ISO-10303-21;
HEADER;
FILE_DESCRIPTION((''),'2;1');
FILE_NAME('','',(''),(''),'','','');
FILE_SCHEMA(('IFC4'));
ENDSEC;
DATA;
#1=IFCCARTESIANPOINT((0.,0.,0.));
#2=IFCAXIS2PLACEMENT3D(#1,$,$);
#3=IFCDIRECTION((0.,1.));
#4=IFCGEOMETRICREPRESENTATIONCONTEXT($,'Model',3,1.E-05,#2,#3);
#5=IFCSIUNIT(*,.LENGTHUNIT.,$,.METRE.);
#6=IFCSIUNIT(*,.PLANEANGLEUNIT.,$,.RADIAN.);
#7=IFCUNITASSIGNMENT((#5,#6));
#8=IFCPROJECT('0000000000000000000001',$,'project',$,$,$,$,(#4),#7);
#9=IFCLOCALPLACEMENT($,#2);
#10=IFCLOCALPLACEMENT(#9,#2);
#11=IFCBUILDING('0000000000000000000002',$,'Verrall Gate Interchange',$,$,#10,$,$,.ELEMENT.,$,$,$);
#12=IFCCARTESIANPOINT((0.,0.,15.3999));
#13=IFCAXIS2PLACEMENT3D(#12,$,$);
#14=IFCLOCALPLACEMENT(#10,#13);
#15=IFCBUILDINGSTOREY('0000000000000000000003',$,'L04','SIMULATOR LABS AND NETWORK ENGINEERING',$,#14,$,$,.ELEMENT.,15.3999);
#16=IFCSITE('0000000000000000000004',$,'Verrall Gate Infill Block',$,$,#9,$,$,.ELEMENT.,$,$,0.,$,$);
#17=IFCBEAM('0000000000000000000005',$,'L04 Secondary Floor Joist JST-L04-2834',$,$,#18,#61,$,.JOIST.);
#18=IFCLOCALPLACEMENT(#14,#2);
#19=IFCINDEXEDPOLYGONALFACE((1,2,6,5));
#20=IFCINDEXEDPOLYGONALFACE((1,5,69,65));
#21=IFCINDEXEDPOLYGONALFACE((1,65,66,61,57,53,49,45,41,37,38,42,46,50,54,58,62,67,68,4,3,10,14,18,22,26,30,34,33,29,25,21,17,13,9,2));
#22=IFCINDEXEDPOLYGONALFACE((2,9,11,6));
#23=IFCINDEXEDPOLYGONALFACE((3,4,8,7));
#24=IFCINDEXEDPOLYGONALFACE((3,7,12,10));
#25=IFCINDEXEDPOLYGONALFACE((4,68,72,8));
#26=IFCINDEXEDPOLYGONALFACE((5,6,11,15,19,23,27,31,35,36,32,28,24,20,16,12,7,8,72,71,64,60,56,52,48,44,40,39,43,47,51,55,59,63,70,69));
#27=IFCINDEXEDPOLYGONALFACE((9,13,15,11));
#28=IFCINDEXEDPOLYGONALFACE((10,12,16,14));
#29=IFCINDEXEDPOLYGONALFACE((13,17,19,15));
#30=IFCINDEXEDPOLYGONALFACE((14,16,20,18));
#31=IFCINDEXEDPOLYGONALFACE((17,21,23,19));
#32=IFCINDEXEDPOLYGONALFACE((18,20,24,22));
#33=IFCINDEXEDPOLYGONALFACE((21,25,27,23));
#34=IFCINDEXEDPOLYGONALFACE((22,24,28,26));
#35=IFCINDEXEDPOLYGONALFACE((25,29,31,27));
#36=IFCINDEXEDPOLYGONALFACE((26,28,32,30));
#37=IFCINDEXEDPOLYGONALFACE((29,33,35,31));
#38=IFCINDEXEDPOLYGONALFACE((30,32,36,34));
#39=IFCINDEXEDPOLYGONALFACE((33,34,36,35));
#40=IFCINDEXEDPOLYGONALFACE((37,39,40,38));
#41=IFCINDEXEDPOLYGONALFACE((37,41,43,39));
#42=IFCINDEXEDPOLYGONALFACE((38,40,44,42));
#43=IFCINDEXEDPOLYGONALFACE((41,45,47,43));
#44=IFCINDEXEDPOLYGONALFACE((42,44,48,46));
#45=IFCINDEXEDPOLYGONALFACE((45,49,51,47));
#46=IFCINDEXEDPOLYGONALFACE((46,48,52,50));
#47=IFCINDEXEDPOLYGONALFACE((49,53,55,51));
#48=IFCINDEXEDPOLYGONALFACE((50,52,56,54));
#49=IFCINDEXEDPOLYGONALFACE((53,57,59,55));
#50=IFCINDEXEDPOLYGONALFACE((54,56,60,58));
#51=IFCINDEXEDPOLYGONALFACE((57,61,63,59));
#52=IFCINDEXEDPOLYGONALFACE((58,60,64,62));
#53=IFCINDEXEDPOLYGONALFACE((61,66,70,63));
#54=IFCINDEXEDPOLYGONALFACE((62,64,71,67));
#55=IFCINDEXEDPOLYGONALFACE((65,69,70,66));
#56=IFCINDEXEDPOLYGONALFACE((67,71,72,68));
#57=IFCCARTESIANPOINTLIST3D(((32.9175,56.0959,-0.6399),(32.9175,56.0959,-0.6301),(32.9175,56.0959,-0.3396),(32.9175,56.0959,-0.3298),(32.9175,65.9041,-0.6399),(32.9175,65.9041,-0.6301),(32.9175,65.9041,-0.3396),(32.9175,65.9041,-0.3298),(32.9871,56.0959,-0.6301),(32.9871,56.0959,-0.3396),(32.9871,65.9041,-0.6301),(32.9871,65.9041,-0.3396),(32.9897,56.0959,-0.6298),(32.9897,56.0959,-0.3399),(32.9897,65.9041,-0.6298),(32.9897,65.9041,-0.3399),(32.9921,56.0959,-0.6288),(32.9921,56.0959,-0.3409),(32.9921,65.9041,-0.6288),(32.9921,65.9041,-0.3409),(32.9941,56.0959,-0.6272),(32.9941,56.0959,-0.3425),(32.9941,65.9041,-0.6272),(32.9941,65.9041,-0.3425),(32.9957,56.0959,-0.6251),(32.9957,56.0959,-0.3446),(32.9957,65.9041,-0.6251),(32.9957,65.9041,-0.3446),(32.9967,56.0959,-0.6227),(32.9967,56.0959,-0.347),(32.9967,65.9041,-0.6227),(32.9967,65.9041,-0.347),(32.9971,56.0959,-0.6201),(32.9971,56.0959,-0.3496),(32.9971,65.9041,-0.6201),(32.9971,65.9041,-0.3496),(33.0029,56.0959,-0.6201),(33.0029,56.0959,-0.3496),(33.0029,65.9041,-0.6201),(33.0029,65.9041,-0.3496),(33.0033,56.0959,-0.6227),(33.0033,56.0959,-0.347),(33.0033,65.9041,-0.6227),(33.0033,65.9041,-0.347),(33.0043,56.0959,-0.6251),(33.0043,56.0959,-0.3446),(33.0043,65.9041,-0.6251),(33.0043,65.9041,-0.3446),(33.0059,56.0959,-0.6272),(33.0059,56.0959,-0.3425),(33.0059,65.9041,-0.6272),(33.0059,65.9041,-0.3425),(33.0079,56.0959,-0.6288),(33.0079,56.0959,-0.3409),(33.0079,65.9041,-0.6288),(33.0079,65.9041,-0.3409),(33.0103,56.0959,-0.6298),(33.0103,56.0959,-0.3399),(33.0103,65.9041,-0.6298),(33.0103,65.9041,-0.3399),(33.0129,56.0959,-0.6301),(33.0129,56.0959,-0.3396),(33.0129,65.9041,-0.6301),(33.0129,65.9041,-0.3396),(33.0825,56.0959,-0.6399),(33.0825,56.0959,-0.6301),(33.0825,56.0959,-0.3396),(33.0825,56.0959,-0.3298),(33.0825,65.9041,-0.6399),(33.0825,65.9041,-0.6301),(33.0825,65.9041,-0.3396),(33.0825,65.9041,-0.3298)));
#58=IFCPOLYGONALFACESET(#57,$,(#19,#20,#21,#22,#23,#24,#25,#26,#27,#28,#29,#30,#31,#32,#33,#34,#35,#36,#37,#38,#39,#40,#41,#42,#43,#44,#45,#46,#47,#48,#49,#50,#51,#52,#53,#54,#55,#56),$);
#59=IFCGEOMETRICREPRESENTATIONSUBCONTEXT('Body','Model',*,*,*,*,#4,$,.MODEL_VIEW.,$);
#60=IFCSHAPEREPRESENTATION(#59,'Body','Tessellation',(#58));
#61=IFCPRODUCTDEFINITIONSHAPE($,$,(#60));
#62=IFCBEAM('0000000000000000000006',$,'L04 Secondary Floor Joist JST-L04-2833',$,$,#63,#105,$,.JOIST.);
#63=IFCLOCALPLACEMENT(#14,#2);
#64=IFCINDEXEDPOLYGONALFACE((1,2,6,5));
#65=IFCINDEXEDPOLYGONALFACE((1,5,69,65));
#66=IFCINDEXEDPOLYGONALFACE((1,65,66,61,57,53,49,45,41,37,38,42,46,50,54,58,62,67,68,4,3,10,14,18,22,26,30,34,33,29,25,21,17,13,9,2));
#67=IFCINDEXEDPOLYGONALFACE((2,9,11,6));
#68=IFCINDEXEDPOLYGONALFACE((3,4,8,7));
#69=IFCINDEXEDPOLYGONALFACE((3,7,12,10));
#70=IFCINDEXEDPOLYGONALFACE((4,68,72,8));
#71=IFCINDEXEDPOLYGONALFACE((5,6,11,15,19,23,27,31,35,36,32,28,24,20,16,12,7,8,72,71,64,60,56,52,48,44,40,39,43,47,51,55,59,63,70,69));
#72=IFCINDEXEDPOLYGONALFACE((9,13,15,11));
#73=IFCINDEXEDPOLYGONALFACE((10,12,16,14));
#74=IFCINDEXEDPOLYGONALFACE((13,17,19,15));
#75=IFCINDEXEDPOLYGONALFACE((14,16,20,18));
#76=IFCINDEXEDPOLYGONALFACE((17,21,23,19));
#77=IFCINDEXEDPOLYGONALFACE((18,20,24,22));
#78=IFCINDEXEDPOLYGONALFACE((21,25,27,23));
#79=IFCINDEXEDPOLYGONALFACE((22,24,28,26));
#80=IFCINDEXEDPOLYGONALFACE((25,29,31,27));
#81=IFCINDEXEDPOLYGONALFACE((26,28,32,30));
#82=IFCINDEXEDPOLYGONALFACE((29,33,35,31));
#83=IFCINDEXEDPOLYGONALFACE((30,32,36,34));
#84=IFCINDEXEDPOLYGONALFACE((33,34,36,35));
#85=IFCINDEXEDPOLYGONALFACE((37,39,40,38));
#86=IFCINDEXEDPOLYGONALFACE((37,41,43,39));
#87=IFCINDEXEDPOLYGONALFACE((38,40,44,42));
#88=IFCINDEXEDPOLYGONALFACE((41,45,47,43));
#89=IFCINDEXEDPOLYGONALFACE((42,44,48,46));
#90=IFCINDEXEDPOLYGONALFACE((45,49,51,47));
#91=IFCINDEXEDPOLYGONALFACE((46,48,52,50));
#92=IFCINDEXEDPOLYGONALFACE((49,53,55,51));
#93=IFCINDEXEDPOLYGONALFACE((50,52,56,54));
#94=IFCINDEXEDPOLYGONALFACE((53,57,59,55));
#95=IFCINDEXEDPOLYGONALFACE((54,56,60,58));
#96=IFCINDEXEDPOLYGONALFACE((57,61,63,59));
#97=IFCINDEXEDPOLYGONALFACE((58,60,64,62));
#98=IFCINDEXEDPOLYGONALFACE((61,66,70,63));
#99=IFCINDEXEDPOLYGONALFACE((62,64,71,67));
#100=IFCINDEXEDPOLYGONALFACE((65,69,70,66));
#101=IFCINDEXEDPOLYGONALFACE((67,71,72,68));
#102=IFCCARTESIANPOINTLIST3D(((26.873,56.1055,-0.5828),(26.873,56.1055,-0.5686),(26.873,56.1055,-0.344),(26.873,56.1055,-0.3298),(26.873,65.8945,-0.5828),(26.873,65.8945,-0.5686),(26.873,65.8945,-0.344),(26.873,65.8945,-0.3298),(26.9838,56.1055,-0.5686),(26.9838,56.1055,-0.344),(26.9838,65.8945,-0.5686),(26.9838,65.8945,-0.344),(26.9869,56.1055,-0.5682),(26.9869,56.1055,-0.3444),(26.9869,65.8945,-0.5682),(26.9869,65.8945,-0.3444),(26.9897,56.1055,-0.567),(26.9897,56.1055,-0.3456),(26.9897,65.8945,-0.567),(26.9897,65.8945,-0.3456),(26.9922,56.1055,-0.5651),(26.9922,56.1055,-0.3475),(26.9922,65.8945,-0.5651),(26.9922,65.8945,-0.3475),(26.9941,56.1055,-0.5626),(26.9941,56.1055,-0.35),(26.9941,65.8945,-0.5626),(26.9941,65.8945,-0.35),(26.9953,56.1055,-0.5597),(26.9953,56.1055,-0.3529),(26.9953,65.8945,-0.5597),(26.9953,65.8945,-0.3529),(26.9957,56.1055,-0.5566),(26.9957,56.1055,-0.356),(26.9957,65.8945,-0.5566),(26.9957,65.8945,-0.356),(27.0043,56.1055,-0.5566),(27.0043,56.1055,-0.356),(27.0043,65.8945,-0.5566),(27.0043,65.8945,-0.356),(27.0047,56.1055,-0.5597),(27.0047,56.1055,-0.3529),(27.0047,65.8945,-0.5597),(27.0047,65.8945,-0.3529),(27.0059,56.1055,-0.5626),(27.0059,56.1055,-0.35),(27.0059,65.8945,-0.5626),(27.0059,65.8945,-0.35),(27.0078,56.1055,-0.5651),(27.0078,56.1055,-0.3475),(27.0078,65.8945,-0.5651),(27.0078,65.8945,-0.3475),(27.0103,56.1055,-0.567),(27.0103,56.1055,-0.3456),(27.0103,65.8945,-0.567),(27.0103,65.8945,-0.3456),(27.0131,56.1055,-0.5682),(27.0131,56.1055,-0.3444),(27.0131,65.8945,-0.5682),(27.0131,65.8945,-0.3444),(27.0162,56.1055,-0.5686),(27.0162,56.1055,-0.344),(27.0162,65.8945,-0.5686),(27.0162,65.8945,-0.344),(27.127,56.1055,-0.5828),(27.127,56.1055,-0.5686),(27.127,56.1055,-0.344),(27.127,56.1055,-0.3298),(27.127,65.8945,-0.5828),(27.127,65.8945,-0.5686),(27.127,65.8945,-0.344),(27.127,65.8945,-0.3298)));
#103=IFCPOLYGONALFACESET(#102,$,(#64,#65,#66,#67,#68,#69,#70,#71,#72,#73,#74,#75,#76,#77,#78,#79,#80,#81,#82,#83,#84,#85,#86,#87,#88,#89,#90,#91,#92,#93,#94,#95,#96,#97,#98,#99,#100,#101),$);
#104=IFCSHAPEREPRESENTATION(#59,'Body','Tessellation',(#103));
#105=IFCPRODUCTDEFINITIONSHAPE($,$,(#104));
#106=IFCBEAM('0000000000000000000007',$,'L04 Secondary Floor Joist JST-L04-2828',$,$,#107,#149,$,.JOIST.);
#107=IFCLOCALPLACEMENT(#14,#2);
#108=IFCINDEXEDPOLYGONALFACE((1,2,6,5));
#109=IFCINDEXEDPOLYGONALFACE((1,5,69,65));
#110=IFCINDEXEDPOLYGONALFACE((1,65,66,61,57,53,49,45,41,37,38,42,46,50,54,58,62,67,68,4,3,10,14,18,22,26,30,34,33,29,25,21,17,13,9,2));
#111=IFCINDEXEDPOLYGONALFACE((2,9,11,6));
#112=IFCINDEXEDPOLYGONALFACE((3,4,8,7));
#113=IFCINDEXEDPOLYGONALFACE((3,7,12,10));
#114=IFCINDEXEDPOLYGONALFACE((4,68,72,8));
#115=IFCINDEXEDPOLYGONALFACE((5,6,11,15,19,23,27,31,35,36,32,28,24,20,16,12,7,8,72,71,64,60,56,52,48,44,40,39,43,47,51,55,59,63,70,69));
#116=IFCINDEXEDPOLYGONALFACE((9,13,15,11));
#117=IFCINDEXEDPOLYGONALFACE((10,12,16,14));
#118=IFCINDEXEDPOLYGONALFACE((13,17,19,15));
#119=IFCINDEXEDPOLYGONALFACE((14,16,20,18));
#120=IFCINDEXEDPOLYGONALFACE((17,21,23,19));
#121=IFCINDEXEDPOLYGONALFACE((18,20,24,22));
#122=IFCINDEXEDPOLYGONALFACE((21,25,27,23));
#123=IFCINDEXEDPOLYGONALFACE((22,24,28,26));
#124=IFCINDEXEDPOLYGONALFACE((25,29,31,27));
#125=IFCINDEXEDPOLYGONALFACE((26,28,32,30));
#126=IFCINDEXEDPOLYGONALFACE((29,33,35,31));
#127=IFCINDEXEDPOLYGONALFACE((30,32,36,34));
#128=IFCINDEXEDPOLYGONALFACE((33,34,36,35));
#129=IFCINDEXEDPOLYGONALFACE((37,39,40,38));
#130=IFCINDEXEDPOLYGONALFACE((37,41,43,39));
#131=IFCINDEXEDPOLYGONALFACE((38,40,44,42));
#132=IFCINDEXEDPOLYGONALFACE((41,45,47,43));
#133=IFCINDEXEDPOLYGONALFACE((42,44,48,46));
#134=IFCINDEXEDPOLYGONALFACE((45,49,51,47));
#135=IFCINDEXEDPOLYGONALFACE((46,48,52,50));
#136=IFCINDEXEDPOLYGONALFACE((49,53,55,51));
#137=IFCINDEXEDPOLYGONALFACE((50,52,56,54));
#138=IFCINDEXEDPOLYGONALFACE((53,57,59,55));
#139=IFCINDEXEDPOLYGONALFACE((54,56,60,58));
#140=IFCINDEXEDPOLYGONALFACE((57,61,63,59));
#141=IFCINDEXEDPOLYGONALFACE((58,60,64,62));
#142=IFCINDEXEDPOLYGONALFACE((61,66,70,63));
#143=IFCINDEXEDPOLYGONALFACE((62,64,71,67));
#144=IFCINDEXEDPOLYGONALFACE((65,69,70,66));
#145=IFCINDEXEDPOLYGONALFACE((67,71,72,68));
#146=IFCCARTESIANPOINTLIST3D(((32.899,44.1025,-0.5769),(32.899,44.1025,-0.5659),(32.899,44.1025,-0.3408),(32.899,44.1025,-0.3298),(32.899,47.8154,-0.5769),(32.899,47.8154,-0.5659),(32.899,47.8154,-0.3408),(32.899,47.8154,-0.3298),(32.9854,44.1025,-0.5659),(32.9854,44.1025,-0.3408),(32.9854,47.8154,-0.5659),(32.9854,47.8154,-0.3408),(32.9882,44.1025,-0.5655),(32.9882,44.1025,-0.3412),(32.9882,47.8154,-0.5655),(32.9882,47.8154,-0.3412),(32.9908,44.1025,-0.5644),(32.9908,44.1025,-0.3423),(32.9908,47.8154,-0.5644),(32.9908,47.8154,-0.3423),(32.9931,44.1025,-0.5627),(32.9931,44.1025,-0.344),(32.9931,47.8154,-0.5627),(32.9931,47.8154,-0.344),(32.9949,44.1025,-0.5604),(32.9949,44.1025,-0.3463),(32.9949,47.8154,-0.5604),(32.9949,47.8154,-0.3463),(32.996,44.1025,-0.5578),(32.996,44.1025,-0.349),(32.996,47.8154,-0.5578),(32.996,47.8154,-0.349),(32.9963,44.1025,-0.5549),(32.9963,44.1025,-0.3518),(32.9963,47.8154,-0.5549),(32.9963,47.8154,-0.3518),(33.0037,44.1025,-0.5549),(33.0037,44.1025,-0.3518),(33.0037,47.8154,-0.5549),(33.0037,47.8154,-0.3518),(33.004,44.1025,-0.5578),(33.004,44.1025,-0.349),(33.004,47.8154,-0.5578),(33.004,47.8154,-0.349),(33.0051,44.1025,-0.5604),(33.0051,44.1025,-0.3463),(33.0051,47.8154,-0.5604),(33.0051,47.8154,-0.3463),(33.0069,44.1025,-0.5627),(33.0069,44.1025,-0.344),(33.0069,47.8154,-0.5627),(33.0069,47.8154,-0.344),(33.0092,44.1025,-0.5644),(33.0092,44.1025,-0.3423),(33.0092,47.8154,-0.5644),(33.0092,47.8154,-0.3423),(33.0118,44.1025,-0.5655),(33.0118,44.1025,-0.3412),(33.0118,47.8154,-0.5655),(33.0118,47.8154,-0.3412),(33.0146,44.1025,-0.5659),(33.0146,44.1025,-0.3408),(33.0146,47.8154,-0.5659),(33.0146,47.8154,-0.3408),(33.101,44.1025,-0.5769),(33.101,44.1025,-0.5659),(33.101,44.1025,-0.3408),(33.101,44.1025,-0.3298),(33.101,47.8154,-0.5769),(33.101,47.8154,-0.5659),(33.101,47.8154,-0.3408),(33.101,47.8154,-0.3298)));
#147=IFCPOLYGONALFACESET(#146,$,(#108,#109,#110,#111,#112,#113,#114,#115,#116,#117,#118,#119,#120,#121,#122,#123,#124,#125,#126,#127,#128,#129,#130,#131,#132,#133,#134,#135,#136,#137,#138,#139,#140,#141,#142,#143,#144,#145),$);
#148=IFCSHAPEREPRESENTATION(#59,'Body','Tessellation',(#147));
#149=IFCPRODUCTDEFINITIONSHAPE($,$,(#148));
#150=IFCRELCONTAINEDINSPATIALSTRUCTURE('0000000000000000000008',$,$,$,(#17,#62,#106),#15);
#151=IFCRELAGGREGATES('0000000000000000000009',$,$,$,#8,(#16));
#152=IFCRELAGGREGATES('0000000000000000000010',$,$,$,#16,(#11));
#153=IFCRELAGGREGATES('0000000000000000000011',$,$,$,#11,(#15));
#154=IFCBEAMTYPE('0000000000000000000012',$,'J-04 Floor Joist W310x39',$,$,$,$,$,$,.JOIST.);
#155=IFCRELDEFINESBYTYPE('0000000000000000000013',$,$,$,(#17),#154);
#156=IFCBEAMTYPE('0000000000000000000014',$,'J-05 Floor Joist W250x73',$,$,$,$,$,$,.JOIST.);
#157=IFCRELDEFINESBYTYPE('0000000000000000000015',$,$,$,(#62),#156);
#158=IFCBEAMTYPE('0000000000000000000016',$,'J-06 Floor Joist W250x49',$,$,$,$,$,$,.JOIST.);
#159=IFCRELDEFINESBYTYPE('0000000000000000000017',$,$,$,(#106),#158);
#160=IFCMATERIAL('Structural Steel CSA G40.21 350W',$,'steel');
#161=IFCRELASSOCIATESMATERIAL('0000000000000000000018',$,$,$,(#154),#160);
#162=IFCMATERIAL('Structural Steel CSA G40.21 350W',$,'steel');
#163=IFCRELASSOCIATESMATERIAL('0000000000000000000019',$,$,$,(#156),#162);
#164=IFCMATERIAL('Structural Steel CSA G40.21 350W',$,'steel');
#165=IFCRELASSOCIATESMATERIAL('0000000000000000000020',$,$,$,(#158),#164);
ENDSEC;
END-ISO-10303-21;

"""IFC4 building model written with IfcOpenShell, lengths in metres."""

from ifc_helpers import new_model, si_unit, direction, frame, origin, origin_2d, place, context, subcontext, project, spatial, i_section, extrude, material, material_profile, profile_set, type_object, element, save


model = new_model("IFC4")

# Units and contexts
model_context = context("Model", 3, precision=1e-05, world=origin(), true_north=direction((0.0, 1.0)))
body_context = subcontext(model_context, "Body", "Model", "MODEL_VIEW")
ifc_project = project(units=[si_unit("LENGTHUNIT", "METRE"), si_unit("PLANEANGLEUNIT", "RADIAN")], contexts=[model_context])

# Site, building, storey
site_placement = place(None, origin())
site = spatial("IfcSite", under=ifc_project, at=site_placement, Name="Verrall Gate Infill Block", CompositionType="ELEMENT", RefElevation=0.0)
building_placement = place(site_placement, origin())
building = spatial("IfcBuilding", under=site, at=building_placement, Name="Verrall Gate Interchange", CompositionType="ELEMENT")
storey_placement = place(building_placement, frame((0.0, 0.0, 15.3999)))
storey = spatial("IfcBuildingStorey", under=building, at=storey_placement, Name="L04", Description="SIMULATOR LABS AND NETWORK ENGINEERING", CompositionType="ELEMENT", Elevation=15.3999)

# Beams
ifc_material_1 = material(Name="Structural Steel CSA G40.21 350W", Category="steel")
ifc_material_profile_1 = material_profile(ifc_material_1, i_section(OverallWidth=0.165, OverallDepth=0.3101, WebThickness=0.0059, FlangeThickness=0.0098, FilletRadius=0.01, at=origin_2d()), Name="W310x39")
ifc_profile_set_1 = profile_set([ifc_material_profile_1], Name="Structural Steel CSA G40.21 350W")
beam_type_1 = type_object("IfcBeamType", Name="J-04 Floor Joist W310x39", PredefinedType="JOIST", material=ifc_profile_set_1)
beam_1_placement = place(storey_placement, frame((33.0, 56.0959, -0.4849), z_axis=(0.0, 1.0, 0.0), x_axis=(-1.0, 0.0, 0.0)))
element("IfcBeam", 1, at=beam_1_placement, inside=storey, type_object=beam_type_1, Name="L04 Secondary Floor Joist JST-L04-2834", PredefinedType="JOIST", context=body_context, shape_type="SweptSolid", body=[
    extrude(i_section(OverallWidth=0.165, OverallDepth=0.3101, WebThickness=0.0059, FlangeThickness=0.0098, FilletRadius=0.01, at=origin_2d()), origin(), (0.0, 0.0, 1.0), 9.8081),
])
ifc_material_2 = material(Name="Structural Steel CSA G40.21 350W", Category="steel")
ifc_material_profile_2 = material_profile(ifc_material_2, i_section(OverallWidth=0.2539, OverallDepth=0.2529, WebThickness=0.0085, FlangeThickness=0.0142, FilletRadius=0.012, at=origin_2d()), Name="W250x73")
ifc_profile_set_2 = profile_set([ifc_material_profile_2], Name="Structural Steel CSA G40.21 350W")
beam_type_2 = type_object("IfcBeamType", Name="J-05 Floor Joist W250x73", PredefinedType="JOIST", material=ifc_profile_set_2)
beam_2_placement = place(storey_placement, frame((27.0, 56.1055, -0.4563), z_axis=(0.0, 1.0, 0.0), x_axis=(-1.0, 0.0, 0.0)))
element("IfcBeam", 2, at=beam_2_placement, inside=storey, type_object=beam_type_2, Name="L04 Secondary Floor Joist JST-L04-2833", PredefinedType="JOIST", context=body_context, shape_type="SweptSolid", body=[
    extrude(i_section(OverallWidth=0.2539, OverallDepth=0.2529, WebThickness=0.0085, FlangeThickness=0.0142, FilletRadius=0.012, at=origin_2d()), origin(), (0.0, 0.0, 1.0), 9.7891),
])
ifc_material_3 = material(Name="Structural Steel CSA G40.21 350W", Category="steel")
ifc_material_profile_3 = material_profile(ifc_material_3, i_section(OverallWidth=0.2019, OverallDepth=0.2471, WebThickness=0.0073, FlangeThickness=0.011, FilletRadius=0.011, at=origin_2d()), Name="W250x49")
ifc_profile_set_3 = profile_set([ifc_material_profile_3], Name="Structural Steel CSA G40.21 350W")
beam_type_3 = type_object("IfcBeamType", Name="J-06 Floor Joist W250x49", PredefinedType="JOIST", material=ifc_profile_set_3)
beam_3_placement = place(storey_placement, frame((33.0, 44.1025, -0.4534), z_axis=(0.0, 1.0, 0.0), x_axis=(-1.0, 0.0, 0.0)))
element("IfcBeam", 3, at=beam_3_placement, inside=storey, type_object=beam_type_3, Name="L04 Secondary Floor Joist JST-L04-2828", PredefinedType="JOIST", context=body_context, shape_type="SweptSolid", body=[
    extrude(i_section(OverallWidth=0.2019, OverallDepth=0.2471, WebThickness=0.0073, FlangeThickness=0.011, FilletRadius=0.011, at=origin_2d()), origin(), (0.0, 0.0, 1.0), 3.7129),
])

save(model, "model.ifc")
